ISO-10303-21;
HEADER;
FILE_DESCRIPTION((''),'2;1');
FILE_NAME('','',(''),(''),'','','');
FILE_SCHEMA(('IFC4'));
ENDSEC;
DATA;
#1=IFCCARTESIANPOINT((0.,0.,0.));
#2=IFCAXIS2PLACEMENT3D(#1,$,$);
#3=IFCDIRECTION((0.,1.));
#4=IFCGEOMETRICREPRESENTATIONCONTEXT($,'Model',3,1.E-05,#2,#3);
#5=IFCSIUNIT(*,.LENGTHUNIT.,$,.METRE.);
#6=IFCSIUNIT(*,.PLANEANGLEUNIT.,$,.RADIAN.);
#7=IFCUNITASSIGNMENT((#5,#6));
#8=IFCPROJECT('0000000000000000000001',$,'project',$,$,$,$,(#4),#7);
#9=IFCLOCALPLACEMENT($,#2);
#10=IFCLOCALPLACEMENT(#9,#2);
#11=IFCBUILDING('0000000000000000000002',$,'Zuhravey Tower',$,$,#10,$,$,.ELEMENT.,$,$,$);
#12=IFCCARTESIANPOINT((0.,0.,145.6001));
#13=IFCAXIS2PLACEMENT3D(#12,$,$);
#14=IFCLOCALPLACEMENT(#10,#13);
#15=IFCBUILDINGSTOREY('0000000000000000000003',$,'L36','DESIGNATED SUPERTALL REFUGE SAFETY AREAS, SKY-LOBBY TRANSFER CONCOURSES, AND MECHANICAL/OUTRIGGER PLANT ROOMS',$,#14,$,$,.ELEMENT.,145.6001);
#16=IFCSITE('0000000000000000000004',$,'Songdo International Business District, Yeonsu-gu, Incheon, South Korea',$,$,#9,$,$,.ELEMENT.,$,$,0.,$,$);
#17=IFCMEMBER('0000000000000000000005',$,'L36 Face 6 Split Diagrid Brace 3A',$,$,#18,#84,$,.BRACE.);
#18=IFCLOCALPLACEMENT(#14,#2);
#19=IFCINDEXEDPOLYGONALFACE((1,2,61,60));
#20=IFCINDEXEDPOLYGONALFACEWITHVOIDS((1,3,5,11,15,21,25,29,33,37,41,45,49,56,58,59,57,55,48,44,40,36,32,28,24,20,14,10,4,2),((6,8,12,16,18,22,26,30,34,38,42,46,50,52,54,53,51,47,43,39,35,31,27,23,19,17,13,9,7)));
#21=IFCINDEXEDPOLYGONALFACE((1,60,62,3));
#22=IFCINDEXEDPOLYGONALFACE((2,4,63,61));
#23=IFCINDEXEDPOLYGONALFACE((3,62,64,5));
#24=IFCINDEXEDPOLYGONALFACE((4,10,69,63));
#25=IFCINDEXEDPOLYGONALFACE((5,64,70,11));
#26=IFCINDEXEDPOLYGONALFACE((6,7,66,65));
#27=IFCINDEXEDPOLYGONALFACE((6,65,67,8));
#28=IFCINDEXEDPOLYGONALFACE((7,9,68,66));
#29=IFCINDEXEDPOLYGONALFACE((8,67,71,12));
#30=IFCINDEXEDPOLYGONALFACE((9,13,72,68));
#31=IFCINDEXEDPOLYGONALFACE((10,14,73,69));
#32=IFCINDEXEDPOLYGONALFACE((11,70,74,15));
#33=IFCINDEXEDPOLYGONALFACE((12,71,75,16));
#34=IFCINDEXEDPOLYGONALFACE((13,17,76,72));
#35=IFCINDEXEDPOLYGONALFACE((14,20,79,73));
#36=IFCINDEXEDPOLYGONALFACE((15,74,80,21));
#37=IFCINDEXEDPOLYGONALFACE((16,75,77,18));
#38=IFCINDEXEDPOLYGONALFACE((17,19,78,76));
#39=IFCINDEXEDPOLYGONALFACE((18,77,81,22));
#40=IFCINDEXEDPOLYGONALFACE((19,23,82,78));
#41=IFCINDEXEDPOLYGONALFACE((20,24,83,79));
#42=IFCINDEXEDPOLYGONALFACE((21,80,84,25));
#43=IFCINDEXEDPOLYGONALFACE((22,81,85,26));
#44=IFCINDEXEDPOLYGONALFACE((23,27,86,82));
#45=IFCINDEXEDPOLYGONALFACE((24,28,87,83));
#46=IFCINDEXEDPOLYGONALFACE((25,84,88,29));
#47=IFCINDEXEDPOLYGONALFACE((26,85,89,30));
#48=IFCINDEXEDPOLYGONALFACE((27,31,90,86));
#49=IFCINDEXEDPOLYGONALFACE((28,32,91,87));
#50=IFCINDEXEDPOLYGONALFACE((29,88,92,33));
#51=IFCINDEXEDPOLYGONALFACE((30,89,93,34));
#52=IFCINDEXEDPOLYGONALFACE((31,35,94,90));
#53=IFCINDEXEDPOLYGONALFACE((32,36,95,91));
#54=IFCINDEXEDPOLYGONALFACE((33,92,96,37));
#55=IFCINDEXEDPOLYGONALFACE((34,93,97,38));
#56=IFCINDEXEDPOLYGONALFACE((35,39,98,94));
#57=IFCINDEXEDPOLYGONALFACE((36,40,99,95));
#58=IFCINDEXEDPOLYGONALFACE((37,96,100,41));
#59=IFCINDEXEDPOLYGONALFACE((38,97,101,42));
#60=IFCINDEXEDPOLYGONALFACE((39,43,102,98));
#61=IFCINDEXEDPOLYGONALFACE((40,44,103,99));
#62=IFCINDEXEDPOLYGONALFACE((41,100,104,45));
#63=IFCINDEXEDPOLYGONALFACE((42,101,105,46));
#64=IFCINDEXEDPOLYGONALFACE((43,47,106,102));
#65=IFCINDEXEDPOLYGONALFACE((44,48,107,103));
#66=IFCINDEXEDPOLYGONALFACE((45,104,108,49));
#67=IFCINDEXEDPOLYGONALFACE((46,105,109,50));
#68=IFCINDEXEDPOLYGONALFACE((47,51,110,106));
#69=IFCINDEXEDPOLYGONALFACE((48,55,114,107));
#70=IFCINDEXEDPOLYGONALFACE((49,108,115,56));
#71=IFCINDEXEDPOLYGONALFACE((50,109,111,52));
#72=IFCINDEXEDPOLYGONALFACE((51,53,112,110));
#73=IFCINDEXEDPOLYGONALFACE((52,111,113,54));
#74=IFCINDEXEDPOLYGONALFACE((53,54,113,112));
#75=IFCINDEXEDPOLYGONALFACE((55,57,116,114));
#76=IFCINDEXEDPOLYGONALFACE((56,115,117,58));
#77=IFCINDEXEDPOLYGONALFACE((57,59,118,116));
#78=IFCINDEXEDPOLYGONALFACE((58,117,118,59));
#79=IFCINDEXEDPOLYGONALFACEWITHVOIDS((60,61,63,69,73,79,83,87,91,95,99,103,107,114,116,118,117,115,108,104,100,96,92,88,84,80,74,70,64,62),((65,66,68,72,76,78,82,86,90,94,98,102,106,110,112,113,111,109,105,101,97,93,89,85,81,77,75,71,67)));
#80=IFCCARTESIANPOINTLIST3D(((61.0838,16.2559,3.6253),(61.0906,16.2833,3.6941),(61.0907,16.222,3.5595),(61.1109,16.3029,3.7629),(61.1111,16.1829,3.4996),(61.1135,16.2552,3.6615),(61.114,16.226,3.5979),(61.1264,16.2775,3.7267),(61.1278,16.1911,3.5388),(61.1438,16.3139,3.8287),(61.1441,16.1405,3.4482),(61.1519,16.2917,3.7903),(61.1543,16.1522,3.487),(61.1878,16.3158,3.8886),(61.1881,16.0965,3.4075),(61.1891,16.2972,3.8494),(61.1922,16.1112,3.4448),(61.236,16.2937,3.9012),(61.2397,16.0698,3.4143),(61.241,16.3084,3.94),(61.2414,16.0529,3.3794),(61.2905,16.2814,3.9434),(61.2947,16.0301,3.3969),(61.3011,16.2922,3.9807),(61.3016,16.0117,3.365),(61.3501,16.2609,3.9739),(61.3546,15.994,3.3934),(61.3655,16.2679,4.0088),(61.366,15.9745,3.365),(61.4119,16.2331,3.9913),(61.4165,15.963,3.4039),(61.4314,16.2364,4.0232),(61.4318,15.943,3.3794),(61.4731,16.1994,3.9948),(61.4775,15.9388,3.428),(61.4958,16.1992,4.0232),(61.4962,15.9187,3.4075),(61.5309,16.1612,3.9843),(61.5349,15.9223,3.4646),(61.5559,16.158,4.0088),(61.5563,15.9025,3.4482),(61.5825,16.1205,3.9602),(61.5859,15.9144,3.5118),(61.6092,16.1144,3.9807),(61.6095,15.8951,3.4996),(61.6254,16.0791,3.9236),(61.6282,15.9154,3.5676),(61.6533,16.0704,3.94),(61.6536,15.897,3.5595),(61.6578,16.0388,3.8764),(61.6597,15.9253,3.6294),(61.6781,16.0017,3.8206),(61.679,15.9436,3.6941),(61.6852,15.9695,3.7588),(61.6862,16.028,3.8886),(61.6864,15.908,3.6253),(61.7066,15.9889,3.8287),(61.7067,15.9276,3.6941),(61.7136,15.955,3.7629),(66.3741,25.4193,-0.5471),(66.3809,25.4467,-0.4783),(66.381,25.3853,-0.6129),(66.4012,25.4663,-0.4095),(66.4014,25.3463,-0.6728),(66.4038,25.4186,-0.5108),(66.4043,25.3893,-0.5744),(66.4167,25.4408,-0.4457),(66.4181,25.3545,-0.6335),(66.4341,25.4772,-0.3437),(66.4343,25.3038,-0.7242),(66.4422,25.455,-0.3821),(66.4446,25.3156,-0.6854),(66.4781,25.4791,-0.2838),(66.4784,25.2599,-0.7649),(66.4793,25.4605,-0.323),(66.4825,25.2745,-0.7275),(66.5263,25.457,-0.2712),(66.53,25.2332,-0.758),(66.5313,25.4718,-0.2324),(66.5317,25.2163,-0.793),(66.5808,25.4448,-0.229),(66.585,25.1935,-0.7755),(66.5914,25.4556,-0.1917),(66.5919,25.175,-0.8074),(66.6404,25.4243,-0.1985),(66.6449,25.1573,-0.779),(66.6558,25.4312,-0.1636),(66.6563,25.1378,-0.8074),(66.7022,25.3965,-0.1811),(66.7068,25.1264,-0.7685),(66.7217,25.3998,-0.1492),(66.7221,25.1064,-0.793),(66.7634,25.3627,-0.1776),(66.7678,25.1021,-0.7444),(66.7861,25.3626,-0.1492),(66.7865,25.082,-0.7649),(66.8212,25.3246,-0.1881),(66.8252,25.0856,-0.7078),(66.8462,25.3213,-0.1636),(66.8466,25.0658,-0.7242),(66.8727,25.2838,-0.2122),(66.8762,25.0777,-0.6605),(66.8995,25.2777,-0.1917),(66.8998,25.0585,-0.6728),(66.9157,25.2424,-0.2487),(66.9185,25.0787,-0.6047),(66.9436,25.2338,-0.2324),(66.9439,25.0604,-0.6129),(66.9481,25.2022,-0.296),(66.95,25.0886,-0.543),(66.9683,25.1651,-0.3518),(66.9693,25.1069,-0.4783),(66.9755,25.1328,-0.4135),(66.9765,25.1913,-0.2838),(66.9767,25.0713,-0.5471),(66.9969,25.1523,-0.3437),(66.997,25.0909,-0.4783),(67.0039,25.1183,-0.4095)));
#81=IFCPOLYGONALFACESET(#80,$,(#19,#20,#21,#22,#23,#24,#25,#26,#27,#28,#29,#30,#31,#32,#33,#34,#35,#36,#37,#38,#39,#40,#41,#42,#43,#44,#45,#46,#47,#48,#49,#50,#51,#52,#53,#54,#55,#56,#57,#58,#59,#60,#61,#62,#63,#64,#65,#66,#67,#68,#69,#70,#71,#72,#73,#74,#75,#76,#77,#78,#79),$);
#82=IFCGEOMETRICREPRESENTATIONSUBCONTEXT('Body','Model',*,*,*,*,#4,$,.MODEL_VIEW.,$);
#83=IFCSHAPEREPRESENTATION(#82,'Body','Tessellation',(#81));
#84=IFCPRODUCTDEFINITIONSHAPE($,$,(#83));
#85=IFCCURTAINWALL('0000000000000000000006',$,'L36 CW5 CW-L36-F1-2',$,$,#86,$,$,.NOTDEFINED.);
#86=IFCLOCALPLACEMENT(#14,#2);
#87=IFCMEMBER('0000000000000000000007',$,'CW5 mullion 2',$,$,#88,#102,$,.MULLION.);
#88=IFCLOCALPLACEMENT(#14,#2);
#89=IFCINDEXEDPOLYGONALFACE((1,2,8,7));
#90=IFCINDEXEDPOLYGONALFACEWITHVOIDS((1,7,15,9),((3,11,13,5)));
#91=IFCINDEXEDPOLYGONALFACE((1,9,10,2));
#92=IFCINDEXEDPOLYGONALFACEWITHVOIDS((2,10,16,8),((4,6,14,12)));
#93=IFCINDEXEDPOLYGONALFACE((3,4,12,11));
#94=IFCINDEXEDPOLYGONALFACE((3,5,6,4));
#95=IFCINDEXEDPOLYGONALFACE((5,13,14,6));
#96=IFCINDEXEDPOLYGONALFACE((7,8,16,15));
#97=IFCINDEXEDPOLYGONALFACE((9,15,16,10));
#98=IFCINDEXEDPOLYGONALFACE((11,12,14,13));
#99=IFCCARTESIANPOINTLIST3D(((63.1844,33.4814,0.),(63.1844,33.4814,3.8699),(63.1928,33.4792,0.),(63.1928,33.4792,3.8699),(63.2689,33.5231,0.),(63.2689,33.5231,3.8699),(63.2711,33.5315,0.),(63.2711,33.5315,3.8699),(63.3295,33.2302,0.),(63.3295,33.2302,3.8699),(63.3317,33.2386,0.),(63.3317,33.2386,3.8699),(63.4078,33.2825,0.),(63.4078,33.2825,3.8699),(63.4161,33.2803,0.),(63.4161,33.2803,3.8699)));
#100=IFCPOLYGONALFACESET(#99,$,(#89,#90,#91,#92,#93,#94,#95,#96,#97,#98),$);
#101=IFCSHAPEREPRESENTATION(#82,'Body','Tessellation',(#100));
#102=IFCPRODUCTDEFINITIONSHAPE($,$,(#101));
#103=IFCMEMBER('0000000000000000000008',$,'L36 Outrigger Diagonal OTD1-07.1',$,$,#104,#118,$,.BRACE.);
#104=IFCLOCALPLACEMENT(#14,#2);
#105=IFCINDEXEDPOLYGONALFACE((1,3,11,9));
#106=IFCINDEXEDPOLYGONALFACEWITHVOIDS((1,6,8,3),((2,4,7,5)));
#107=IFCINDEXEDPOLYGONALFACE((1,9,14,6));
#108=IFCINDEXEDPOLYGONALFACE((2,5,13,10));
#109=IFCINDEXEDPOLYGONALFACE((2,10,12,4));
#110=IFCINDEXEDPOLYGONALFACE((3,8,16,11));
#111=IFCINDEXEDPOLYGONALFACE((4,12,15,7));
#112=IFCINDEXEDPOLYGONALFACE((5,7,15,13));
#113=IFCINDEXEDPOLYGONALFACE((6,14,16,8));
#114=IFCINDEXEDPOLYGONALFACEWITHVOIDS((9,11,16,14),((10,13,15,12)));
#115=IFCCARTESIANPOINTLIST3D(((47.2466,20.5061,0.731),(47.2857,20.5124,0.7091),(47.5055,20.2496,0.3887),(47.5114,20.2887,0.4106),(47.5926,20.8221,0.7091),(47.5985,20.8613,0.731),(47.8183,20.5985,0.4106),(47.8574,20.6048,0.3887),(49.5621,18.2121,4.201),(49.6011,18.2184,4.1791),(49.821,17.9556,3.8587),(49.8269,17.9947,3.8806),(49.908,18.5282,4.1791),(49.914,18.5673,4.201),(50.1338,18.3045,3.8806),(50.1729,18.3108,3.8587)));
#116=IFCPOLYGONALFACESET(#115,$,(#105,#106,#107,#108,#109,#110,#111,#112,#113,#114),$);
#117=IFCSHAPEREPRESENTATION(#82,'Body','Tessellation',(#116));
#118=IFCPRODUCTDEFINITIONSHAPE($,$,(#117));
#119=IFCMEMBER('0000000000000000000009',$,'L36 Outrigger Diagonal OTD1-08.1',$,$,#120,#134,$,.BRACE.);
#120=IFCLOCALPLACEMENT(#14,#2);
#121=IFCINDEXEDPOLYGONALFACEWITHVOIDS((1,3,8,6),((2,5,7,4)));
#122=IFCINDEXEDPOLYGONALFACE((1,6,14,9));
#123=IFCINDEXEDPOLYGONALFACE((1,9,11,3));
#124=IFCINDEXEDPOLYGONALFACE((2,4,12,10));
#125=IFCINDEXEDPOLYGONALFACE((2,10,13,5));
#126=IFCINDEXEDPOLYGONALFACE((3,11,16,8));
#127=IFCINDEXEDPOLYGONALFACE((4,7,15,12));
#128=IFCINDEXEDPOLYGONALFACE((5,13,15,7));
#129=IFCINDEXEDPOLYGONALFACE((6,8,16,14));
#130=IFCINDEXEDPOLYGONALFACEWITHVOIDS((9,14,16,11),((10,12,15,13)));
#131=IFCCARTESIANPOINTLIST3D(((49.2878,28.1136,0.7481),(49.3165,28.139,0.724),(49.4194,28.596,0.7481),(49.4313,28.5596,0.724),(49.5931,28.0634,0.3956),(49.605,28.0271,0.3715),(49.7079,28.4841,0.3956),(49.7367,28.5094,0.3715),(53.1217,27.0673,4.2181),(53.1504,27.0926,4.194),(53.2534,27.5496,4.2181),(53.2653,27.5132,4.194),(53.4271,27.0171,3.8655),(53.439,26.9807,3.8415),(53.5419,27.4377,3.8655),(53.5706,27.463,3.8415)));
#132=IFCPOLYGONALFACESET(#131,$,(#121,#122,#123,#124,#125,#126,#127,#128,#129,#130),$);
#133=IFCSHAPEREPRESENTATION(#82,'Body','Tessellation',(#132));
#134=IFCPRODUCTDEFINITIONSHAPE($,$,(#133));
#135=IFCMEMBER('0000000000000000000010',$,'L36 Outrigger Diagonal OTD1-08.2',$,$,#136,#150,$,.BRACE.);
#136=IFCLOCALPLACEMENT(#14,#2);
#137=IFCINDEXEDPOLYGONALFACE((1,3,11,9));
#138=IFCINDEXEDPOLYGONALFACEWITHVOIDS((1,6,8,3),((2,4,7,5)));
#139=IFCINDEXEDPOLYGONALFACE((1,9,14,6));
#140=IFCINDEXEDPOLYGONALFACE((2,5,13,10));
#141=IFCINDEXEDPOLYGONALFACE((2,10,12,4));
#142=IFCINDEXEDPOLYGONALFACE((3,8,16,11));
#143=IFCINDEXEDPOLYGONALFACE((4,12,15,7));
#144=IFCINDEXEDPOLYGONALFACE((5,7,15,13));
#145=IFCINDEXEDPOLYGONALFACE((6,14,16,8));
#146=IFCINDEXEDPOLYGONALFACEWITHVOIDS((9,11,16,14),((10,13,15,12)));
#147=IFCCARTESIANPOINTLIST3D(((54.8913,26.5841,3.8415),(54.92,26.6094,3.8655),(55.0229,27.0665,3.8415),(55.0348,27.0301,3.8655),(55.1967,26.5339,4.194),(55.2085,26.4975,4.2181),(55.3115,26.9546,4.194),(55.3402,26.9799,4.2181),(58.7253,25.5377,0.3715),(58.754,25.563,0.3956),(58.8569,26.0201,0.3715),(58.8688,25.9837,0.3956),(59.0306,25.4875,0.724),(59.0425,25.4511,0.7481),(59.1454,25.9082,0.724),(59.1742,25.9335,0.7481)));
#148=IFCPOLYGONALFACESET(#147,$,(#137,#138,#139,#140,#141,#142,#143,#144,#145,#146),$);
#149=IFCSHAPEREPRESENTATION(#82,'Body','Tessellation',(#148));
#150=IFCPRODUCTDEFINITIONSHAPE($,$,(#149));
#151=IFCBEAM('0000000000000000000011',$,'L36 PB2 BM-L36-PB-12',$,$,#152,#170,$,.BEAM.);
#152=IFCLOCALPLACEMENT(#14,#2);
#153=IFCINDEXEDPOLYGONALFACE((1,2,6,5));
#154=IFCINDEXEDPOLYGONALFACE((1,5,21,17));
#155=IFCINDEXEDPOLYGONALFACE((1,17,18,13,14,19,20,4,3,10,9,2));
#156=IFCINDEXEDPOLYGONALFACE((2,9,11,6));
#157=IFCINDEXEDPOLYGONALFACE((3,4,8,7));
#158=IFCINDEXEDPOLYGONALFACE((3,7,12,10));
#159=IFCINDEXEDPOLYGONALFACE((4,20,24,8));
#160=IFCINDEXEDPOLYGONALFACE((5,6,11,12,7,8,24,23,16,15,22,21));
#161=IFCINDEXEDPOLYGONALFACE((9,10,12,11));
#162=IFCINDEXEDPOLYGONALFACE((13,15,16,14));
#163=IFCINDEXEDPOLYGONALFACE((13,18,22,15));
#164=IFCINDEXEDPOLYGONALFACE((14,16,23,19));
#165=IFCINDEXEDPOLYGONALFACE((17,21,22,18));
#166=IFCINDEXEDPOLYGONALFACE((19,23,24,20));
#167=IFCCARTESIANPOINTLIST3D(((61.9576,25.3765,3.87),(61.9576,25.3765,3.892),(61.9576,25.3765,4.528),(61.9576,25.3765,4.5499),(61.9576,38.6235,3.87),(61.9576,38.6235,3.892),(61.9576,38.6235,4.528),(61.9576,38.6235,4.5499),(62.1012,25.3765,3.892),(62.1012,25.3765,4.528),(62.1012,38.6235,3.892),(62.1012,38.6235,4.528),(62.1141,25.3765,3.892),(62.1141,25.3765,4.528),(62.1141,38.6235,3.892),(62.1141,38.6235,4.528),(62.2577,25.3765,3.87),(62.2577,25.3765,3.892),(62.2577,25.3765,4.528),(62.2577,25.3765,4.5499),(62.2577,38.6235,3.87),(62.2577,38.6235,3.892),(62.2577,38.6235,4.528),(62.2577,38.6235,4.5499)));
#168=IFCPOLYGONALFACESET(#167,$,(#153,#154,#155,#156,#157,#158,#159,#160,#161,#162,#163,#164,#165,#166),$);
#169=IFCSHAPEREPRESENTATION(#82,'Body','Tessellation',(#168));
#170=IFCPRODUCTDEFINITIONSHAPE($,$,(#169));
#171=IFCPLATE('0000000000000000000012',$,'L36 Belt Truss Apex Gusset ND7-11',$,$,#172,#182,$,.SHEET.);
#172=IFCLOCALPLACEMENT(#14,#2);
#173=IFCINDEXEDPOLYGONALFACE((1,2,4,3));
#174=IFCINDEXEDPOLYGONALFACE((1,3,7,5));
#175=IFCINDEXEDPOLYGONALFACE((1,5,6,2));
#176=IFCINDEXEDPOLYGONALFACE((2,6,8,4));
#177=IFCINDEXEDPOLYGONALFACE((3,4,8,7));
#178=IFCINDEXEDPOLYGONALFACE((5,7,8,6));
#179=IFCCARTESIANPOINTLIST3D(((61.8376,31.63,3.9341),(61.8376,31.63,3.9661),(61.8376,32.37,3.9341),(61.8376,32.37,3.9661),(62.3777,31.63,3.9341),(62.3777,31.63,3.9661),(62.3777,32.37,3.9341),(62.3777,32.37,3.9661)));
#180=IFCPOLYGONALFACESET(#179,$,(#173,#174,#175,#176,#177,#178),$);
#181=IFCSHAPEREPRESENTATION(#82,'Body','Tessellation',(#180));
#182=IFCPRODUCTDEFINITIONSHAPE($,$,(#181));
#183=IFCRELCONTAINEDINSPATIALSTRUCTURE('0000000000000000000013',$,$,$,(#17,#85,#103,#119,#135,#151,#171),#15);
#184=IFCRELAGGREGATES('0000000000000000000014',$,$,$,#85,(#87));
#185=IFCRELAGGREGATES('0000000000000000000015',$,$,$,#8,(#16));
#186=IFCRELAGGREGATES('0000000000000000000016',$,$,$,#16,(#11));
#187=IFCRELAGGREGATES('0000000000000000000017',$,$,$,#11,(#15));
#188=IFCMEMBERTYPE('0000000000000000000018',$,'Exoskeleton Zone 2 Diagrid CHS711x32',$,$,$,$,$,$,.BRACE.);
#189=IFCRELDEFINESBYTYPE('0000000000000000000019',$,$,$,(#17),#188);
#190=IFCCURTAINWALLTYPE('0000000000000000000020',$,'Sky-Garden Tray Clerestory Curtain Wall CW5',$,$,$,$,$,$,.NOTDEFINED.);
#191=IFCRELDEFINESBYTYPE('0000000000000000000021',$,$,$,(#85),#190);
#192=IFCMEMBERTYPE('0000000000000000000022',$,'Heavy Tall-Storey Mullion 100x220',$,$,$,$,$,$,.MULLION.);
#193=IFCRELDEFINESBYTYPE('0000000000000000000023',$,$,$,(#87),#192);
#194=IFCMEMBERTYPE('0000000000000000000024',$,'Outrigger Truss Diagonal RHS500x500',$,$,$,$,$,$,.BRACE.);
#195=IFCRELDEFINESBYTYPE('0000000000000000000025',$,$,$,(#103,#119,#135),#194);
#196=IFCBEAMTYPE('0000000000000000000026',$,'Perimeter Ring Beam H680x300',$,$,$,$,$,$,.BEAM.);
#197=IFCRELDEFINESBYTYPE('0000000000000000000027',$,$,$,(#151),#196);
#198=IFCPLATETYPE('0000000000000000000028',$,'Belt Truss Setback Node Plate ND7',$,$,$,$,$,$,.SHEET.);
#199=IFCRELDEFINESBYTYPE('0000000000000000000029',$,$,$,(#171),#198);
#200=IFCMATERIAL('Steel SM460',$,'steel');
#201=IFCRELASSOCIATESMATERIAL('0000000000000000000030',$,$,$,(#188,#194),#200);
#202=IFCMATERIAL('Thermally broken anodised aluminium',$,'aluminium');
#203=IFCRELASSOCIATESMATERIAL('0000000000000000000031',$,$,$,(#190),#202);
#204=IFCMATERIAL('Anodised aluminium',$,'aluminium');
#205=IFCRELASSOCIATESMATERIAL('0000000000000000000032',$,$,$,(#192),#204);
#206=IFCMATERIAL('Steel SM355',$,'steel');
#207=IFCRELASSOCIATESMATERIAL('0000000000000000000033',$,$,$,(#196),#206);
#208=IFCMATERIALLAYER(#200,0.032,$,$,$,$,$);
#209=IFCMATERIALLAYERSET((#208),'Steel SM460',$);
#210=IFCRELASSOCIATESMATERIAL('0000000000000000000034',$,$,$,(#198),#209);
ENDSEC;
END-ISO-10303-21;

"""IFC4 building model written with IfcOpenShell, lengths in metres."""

from ifc_helpers import new_model, si_unit, direction, frame, origin, origin_2d, place, context, subcontext, project, spatial, rectangle, hollow_rectangle, hollow_circle, i_section, extrude, material, layer, layer_set, material_profile, profile_set, type_object, element, aggregate, save


model = new_model("IFC4")

# Units and contexts
model_context = context("Model", 3, precision=1e-05, world=origin(), true_north=direction((0.0, 1.0)))
body_context = subcontext(model_context, "Body", "Model", "MODEL_VIEW")
ifc_project = project(units=[si_unit("LENGTHUNIT", "METRE"), si_unit("PLANEANGLEUNIT", "RADIAN")], contexts=[model_context])

# Site, building, storey
site_placement = place(None, origin())
site = spatial("IfcSite", under=ifc_project, at=site_placement, Name="Songdo International Business District, Yeonsu-gu, Incheon, South Korea", CompositionType="ELEMENT", RefElevation=0.0)
building_placement = place(site_placement, origin())
building = spatial("IfcBuilding", under=site, at=building_placement, Name="Zuhravey Tower", CompositionType="ELEMENT")
storey_placement = place(building_placement, frame((0.0, 0.0, 145.6001)))
storey = spatial("IfcBuildingStorey", under=building, at=storey_placement, Name="L36", Description="DESIGNATED SUPERTALL REFUGE SAFETY AREAS, SKY-LOBBY TRANSFER CONCOURSES, AND MECHANICAL/OUTRIGGER PLANT ROOMS", CompositionType="ELEMENT", Elevation=145.6001)

# Member
ifc_material_1 = material(Name="Steel SM355", Category="steel")
ifc_material_2 = material(Name="Steel SM460", Category="steel")
ifc_material_profile_1 = material_profile(ifc_material_2, hollow_circle(Radius=0.3557, WallThickness=0.032, at=origin_2d()), Name="CHS-711.2x32")
ifc_profile_set_1 = profile_set([ifc_material_profile_1], Name="Steel SM460")
member_type_1 = type_object("IfcMemberType", Name="Exoskeleton Zone 2 Diagrid CHS711x32", PredefinedType="BRACE", material=ifc_profile_set_1)
member_1_placement = place(storey_placement, frame((66.689, 25.2688, -0.4783), z_axis=(-0.465131, -0.805656, 0.366841), x_axis=(0.866032, -0.499988, 0.0)))
element("IfcMember", 1, at=member_1_placement, inside=storey, type_object=member_type_1, Name="L36 Face 6 Split Diagrid Brace 3A", PredefinedType="BRACE", context=body_context, shape_type="SweptSolid", body=[
    extrude(hollow_circle(Radius=0.3557, WallThickness=0.032, at=origin_2d()), origin(), (0.0, 0.0, 1.0), 11.3738),
])

# Curtain wall, member
ifc_material_3 = material(Name="Thermally broken anodised aluminium", Category="aluminium")
curtain_wall_type = type_object("IfcCurtainWallType", Name="Sky-Garden Tray Clerestory Curtain Wall CW5", PredefinedType="NOTDEFINED", material=ifc_material_3)
curtain_wall_placement = place(storey_placement, origin())
curtain_wall = element("IfcCurtainWall", 2, at=curtain_wall_placement, inside=storey, type_object=curtain_wall_type, Name="L36 CW5 CW-L36-F1-2", PredefinedType="NOTDEFINED")
ifc_material_4 = material(Name="Anodised aluminium", Category="aluminium")
ifc_material_profile_2 = material_profile(ifc_material_4, hollow_rectangle(XDim=0.1001, YDim=0.29, WallThickness=0.0061, at=origin_2d()), Name="ALU-RHS-100x290x6")
ifc_profile_set_2 = profile_set([ifc_material_profile_2], Name="Anodised aluminium")
member_type_2 = type_object("IfcMemberType", Name="Heavy Tall-Storey Mullion 100x220", PredefinedType="MULLION", material=ifc_profile_set_2)
member_2_placement = place(storey_placement, frame((63.3003, 33.3809, 0.0), z_axis=(0.0, 0.0, 1.0), x_axis=(0.866023, 0.500004, 0.0)))
member_2 = element("IfcMember", 3, at=member_2_placement, type_object=member_type_2, Name="CW5 mullion 2", PredefinedType="MULLION", context=body_context, shape_type="SweptSolid", body=[
    extrude(hollow_rectangle(XDim=0.1001, YDim=0.29, WallThickness=0.0061, at=origin_2d()), origin(), (0.0, 0.0, 1.0), 3.8699),
])
aggregate(curtain_wall, [member_2])

# Members
ifc_material_profile_3 = material_profile(ifc_material_2, hollow_rectangle(XDim=0.5, YDim=0.5, WallThickness=0.032, at=origin_2d()), Name="RHS-500x500x32")
ifc_profile_set_3 = profile_set([ifc_material_profile_3], Name="Steel SM460")
member_type_3 = type_object("IfcMemberType", Name="Outrigger Truss Diagonal RHS500x500", PredefinedType="BRACE", material=ifc_profile_set_3)
member_3_placement = place(storey_placement, frame((47.552, 20.5554, 0.5598), z_axis=(0.486365, -0.481852, 0.728881), x_axis=(0.703803, 0.710395, 0.0)))
element("IfcMember", 4, at=member_3_placement, inside=storey, type_object=member_type_3, Name="L36 Outrigger Diagonal OTD1-07.1", PredefinedType="BRACE", context=body_context, shape_type="SweptSolid", body=[
    extrude(hollow_rectangle(XDim=0.5, YDim=0.5, WallThickness=0.032, at=origin_2d()), origin(), (0.0, 0.0, 1.0), 4.7607),
])
for number, where, z_axis, x_axis, name in (
    (5, (49.5122, 28.3115, 0.5598), (0.726699, -0.198334, 0.657703), (0.263294, 0.964716, 0.0), "L36 Outrigger Diagonal OTD1-08.1"),
    (6, (58.9497, 25.7356, 0.5598), (-0.726699, 0.198334, 0.657703), (-0.263294, -0.964716, 0.0), "L36 Outrigger Diagonal OTD1-08.2"),
):
    element("IfcMember", number, at=place(storey_placement, frame(where, z_axis=z_axis, x_axis=x_axis)), inside=storey, type_object=member_type_3, Name=name, PredefinedType="BRACE", context=body_context, shape_type="SweptSolid", body=[
        extrude(hollow_rectangle(XDim=0.5, YDim=0.5, WallThickness=0.032, at=origin_2d()), origin(), (0.0, 0.0, 1.0), 5.2759),
    ])

# Beam
ifc_material_profile_4 = material_profile(ifc_material_1, i_section(OverallWidth=0.3, OverallDepth=0.6799, WebThickness=0.0129, FlangeThickness=0.022, at=origin_2d()), Name="H-680x300x13x22")
ifc_profile_set_4 = profile_set([ifc_material_profile_4], Name="Steel SM355")
beam_type = type_object("IfcBeamType", Name="Perimeter Ring Beam H680x300", PredefinedType="BEAM", material=ifc_profile_set_4)
beam_placement = place(storey_placement, frame((62.1077, 25.3765, 4.21), z_axis=(0.0, 1.0, 0.0), x_axis=(-1.0, 0.0, 0.0)))
element("IfcBeam", 7, at=beam_placement, inside=storey, type_object=beam_type, Name="L36 PB2 BM-L36-PB-12", PredefinedType="BEAM", context=body_context, shape_type="SweptSolid", body=[
    extrude(i_section(OverallWidth=0.3, OverallDepth=0.6799, WebThickness=0.0129, FlangeThickness=0.022, at=origin_2d()), origin(), (0.0, 0.0, 1.0), 13.2471),
])

# Plate
ifc_layer_1 = layer(ifc_material_2, 0.032)
ifc_layer_set_1 = layer_set([ifc_layer_1], Name="Steel SM460")
plate_type_1 = type_object("IfcPlateType", Name="Belt Truss Setback Node Plate ND7", PredefinedType="SHEET", material=ifc_layer_set_1)
plate_1_placement = place(storey_placement, frame((62.1077, 32.0, 3.9341), z_axis=(0.0, 0.0, 1.0), x_axis=(0.0, 1.0, 0.0)))
element("IfcPlate", 8, at=plate_1_placement, inside=storey, type_object=plate_type_1, Name="L36 Belt Truss Apex Gusset ND7-11", PredefinedType="SHEET", context=body_context, shape_type="SweptSolid", body=[
    extrude(rectangle(XDim=0.74, YDim=0.54, at=origin_2d()), origin(), (0.0, 0.0, 1.0), 0.032),
])

save(model, "model.ifc")
